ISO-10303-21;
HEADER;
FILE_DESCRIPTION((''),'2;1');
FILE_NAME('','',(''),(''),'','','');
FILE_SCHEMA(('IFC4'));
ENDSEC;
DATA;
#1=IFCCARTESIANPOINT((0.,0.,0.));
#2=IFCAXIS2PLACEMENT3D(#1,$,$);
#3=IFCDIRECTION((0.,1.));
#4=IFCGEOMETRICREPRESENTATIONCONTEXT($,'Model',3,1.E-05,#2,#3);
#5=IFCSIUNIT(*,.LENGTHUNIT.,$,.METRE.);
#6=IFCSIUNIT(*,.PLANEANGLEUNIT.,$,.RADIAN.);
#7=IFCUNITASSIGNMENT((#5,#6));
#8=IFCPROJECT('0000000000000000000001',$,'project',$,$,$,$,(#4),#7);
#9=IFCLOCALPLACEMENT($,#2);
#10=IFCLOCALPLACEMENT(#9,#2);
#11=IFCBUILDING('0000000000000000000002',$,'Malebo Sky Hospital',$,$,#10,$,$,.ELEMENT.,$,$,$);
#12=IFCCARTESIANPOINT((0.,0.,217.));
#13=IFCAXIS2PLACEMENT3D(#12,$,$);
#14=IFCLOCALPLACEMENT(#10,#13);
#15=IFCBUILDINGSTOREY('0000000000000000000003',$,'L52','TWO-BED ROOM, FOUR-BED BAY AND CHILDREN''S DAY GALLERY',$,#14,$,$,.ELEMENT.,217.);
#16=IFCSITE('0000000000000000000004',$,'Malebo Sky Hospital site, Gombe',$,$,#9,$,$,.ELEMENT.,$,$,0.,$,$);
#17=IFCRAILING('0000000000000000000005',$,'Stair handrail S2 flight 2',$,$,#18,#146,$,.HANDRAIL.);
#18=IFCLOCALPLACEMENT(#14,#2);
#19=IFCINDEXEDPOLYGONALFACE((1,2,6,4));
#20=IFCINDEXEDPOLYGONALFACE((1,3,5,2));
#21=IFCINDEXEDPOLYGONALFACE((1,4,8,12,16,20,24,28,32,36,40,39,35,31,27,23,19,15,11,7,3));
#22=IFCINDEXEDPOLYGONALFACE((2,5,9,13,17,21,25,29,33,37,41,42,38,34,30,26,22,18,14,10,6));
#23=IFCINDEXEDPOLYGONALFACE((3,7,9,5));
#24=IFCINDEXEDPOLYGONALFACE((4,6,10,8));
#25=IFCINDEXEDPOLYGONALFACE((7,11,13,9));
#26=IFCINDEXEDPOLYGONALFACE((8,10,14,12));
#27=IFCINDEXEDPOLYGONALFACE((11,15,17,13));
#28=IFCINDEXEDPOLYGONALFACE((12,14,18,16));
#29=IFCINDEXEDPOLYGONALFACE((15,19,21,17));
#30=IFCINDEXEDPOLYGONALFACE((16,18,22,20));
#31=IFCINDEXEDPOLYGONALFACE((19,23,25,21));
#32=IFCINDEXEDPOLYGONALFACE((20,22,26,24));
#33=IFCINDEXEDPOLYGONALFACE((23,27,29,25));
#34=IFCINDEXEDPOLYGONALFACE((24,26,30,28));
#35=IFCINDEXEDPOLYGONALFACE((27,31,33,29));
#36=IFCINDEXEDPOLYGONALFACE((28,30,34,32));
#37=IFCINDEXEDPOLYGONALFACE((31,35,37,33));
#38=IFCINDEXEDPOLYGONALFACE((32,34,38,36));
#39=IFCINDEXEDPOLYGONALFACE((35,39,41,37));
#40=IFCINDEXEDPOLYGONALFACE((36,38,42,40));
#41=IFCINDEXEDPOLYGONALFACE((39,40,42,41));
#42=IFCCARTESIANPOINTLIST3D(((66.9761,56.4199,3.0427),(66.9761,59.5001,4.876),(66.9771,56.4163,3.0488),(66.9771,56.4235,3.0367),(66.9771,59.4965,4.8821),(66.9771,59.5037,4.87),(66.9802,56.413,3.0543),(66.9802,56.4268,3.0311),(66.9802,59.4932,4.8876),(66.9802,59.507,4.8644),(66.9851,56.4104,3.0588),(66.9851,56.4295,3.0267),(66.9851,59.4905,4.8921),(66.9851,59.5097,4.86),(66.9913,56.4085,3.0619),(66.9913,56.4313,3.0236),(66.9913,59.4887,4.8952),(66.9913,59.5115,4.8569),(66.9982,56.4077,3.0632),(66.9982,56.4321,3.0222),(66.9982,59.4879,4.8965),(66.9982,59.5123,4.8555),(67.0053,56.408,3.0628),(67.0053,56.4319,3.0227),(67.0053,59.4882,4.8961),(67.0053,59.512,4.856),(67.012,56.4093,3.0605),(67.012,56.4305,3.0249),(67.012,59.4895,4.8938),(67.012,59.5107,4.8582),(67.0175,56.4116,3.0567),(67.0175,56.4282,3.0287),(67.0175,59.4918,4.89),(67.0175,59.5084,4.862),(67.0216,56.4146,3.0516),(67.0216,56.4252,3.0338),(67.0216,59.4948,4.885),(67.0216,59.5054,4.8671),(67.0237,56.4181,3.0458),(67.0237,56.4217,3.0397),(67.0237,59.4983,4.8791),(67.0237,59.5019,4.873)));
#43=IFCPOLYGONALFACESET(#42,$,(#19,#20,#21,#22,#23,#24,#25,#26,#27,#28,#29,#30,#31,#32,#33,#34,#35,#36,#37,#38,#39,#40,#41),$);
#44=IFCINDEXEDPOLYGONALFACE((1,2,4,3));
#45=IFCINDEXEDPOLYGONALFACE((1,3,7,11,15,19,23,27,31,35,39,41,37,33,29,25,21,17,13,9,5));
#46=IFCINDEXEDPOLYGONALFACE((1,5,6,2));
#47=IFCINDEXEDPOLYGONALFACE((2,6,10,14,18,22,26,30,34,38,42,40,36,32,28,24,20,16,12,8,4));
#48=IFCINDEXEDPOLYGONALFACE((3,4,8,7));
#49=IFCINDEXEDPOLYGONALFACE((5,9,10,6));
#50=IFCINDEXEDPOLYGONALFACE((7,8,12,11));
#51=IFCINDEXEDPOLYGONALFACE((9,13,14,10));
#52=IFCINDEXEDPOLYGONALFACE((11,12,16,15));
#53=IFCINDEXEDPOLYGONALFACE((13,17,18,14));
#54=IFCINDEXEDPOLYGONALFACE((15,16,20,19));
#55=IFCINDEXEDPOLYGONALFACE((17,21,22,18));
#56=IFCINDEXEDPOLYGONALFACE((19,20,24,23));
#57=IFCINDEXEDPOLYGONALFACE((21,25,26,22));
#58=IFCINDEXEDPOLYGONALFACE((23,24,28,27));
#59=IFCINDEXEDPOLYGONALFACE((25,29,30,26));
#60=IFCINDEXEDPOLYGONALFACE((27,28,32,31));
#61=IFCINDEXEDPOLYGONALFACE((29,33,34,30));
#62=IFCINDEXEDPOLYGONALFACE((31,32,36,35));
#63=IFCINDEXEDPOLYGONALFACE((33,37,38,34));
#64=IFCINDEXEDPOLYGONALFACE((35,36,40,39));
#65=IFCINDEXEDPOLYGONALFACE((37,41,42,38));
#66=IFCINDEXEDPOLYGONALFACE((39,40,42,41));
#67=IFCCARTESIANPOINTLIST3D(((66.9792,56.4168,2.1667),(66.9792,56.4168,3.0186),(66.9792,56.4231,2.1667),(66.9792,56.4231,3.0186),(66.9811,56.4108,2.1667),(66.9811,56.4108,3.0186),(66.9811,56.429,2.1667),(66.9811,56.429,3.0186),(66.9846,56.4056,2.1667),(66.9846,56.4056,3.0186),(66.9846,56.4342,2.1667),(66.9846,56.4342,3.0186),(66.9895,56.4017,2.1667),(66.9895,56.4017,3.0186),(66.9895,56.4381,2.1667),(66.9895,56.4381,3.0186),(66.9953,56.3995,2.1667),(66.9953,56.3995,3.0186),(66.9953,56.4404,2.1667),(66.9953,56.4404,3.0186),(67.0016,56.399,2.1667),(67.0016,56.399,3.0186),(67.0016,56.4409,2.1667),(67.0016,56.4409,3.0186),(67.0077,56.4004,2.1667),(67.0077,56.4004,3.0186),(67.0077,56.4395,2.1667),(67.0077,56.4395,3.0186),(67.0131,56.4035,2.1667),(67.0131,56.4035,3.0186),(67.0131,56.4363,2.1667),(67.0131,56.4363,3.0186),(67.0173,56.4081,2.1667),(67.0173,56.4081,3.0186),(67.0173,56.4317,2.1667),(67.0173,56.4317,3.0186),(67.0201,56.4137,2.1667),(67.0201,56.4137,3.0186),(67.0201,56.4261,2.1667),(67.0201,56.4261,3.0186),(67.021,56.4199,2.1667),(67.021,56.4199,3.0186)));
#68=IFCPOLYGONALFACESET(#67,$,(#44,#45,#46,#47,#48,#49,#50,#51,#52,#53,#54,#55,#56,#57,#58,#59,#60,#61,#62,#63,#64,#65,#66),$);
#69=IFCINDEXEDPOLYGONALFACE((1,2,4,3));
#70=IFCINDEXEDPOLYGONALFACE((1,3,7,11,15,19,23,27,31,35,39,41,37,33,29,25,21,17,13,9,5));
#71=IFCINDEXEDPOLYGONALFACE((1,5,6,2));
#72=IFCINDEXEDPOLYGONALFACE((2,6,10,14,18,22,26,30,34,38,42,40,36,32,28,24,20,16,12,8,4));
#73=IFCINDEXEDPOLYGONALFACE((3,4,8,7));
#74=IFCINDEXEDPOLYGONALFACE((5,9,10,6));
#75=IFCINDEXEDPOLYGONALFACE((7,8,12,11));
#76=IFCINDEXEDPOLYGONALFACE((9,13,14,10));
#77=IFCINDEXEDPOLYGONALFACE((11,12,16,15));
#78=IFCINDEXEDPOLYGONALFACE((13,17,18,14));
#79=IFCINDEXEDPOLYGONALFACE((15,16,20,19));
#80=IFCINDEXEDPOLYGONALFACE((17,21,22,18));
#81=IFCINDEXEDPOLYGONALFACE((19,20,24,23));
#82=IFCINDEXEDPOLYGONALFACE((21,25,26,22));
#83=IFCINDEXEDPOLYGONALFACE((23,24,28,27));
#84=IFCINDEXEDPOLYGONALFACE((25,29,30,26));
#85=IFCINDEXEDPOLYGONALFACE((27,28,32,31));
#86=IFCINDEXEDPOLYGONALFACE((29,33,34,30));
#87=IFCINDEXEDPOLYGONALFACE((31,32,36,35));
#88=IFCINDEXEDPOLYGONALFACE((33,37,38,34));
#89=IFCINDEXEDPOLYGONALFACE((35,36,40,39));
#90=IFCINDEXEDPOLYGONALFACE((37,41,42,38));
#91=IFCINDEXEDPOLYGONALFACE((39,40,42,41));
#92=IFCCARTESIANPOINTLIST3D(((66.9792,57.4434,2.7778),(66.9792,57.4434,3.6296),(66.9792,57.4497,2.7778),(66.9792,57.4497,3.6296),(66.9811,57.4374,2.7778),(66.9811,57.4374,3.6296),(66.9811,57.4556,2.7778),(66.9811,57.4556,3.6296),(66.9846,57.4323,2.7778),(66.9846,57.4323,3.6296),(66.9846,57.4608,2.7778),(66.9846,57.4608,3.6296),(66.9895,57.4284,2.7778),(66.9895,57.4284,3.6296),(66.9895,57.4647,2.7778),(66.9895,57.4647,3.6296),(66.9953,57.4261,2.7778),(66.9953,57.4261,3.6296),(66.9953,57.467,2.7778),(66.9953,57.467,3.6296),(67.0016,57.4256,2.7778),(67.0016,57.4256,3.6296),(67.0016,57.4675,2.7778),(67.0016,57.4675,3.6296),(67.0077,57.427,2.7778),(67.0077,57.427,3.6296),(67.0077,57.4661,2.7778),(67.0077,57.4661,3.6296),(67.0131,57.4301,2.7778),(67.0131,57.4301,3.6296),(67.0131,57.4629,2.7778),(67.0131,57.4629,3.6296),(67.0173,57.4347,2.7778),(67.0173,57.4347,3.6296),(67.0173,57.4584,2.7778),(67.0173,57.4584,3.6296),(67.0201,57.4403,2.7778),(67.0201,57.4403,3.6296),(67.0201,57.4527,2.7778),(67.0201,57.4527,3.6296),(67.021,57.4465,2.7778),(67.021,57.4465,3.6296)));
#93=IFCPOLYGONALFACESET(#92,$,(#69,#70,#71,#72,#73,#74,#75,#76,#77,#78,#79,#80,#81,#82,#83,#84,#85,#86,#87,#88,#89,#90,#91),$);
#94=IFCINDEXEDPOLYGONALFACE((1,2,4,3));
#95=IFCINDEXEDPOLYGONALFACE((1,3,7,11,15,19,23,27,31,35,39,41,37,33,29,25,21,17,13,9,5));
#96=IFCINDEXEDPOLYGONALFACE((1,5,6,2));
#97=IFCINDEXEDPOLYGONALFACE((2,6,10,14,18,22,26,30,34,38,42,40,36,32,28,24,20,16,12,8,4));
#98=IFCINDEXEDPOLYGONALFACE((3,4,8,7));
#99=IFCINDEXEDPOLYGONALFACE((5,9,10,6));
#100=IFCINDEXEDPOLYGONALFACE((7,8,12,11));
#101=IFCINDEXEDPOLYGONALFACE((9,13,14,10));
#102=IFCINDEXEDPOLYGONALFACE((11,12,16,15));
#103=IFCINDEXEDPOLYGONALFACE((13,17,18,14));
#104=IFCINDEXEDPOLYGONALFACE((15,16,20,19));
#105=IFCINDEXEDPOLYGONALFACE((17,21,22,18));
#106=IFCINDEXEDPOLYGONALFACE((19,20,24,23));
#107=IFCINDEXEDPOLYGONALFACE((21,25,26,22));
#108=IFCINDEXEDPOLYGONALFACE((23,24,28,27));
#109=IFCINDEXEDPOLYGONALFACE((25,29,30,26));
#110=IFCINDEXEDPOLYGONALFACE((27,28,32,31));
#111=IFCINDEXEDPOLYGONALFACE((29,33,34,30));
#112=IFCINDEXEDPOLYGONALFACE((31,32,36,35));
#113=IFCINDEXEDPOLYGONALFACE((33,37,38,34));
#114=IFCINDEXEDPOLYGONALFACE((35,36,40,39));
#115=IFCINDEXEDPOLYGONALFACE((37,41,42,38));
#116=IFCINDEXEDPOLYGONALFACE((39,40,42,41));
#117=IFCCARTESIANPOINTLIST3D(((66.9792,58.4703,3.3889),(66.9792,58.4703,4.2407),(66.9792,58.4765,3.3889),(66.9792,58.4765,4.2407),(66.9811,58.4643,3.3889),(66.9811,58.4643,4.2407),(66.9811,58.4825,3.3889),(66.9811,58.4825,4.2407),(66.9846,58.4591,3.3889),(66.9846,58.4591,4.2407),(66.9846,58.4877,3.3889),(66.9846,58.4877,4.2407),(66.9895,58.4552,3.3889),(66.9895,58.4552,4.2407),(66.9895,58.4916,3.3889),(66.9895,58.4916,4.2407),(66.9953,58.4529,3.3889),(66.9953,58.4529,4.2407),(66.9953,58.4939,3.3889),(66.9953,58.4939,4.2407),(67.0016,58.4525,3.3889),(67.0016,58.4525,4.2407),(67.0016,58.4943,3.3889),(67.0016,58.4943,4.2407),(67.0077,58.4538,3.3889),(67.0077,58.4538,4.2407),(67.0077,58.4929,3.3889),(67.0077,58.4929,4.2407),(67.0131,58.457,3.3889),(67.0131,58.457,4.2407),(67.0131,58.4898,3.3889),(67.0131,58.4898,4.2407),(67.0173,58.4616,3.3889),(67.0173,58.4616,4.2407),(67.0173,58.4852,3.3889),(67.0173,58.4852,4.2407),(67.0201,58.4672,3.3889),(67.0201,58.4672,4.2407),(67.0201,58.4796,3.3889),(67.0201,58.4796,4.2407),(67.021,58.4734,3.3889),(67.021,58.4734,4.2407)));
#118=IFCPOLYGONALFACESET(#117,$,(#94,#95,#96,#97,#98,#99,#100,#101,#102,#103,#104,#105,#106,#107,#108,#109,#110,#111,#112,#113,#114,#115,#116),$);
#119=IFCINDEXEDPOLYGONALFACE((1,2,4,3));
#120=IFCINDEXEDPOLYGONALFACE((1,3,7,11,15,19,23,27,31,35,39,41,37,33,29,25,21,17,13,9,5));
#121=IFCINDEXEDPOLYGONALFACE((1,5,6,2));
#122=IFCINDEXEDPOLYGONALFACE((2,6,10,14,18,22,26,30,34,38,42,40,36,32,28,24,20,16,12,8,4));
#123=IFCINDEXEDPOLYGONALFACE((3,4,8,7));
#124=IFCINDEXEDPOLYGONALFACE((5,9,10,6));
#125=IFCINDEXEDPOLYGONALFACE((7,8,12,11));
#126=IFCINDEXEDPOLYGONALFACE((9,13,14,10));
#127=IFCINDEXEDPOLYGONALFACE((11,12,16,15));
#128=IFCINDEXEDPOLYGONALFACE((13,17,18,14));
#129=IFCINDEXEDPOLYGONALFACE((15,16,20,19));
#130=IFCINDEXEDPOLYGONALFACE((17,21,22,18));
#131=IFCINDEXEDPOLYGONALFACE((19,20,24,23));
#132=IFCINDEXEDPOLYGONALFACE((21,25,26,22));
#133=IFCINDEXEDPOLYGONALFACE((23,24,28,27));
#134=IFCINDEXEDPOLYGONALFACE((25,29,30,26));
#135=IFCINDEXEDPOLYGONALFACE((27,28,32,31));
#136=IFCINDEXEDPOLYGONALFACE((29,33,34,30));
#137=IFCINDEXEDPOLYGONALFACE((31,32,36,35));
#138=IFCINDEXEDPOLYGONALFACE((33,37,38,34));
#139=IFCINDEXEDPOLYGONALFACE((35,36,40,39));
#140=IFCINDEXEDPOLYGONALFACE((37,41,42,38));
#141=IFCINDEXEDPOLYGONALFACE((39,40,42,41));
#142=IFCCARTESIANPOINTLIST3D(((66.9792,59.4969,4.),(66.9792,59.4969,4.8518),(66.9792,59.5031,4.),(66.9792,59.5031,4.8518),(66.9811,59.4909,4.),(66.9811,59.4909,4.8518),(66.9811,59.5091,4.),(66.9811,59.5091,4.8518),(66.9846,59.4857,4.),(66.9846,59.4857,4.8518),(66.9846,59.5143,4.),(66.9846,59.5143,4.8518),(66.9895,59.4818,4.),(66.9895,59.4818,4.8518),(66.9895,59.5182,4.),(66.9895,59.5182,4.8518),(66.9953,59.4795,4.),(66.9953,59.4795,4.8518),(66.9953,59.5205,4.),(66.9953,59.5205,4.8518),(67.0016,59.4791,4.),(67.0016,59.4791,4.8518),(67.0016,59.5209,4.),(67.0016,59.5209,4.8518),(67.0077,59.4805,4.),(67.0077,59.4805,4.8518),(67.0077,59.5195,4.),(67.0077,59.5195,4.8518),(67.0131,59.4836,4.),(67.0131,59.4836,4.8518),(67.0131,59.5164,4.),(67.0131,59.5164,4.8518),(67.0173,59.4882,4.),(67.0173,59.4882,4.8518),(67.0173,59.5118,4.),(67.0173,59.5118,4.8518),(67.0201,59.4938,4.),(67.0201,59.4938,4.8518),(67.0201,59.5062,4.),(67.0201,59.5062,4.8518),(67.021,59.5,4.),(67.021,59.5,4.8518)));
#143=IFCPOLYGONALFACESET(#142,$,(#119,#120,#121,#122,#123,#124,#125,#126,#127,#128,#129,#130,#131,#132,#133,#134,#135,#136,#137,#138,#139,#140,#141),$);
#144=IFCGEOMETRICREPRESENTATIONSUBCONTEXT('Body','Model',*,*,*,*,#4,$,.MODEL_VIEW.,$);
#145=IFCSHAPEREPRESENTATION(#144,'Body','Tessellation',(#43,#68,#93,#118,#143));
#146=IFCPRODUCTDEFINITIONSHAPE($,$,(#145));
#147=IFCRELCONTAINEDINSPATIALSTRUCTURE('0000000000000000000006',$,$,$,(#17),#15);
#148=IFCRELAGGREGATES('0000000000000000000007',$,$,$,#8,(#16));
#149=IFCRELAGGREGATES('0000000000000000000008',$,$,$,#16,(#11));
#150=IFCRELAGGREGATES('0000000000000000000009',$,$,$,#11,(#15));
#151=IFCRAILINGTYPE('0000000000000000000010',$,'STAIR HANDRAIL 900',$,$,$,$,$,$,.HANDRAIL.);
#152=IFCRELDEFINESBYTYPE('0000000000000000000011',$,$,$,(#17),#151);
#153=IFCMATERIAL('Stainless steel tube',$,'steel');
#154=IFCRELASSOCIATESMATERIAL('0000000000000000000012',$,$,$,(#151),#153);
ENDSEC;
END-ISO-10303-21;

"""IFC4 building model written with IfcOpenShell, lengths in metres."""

from ifc_helpers import new_model, si_unit, direction, frame, origin, origin_2d, place, context, subcontext, project, spatial, circle, extrude, material, type_object, element, save


model = new_model("IFC4")

# Units and contexts
model_context = context("Model", 3, precision=1e-05, world=origin(), true_north=direction((0.0, 1.0)))
body_context = subcontext(model_context, "Body", "Model", "MODEL_VIEW")
ifc_project = project(units=[si_unit("LENGTHUNIT", "METRE"), si_unit("PLANEANGLEUNIT", "RADIAN")], contexts=[model_context])

# Site, building, storey
site_placement = place(None, origin())
site = spatial("IfcSite", under=ifc_project, at=site_placement, Name="Malebo Sky Hospital site, Gombe", CompositionType="ELEMENT", RefElevation=0.0)
building_placement = place(site_placement, origin())
building = spatial("IfcBuilding", under=site, at=building_placement, Name="Malebo Sky Hospital", CompositionType="ELEMENT")
storey_placement = place(building_placement, frame((0.0, 0.0, 217.0)))
storey = spatial("IfcBuildingStorey", under=building, at=storey_placement, Name="L52", Description="TWO-BED ROOM, FOUR-BED BAY AND CHILDREN'S DAY GALLERY", CompositionType="ELEMENT", Elevation=217.0)

# Railing
ifc_material_1 = material(Name="Stainless steel tube", Category="steel")
railing_type = type_object("IfcRailingType", Name="STAIR HANDRAIL 900", PredefinedType="HANDRAIL", material=ifc_material_1)
railing_1_placement = place(storey_placement, frame((67.0, 56.4199, 2.1667)))
element("IfcRailing", 1, at=railing_1_placement, inside=storey, type_object=railing_type, Name="Stair handrail S2 flight 2", PredefinedType="HANDRAIL", context=body_context, shape_type="SweptSolid", body=[
    extrude(circle(Radius=0.0239, at=origin_2d()), frame((0.0, 0.0, 0.876), z_axis=(0.0, 0.859309, 0.511458), x_axis=(-1.0, 0.0, 0.0)), (0.0, 0.0, 1.0), 3.5845),
    extrude(circle(Radius=0.021, at=origin_2d()), origin(), (0.0, 0.0, 1.0), 0.8518),
    extrude(circle(Radius=0.021, at=origin_2d()), frame((0.0, 1.0266, 0.6111)), (0.0, 0.0, 1.0), 0.8518),
    extrude(circle(Radius=0.021, at=origin_2d()), frame((0.0, 2.0535, 1.2222)), (0.0, 0.0, 1.0), 0.8518),
    extrude(circle(Radius=0.021, at=origin_2d()), frame((0.0, 3.0801, 1.8333)), (0.0, 0.0, 1.0), 0.8518),
])

save(model, "model.ifc")
